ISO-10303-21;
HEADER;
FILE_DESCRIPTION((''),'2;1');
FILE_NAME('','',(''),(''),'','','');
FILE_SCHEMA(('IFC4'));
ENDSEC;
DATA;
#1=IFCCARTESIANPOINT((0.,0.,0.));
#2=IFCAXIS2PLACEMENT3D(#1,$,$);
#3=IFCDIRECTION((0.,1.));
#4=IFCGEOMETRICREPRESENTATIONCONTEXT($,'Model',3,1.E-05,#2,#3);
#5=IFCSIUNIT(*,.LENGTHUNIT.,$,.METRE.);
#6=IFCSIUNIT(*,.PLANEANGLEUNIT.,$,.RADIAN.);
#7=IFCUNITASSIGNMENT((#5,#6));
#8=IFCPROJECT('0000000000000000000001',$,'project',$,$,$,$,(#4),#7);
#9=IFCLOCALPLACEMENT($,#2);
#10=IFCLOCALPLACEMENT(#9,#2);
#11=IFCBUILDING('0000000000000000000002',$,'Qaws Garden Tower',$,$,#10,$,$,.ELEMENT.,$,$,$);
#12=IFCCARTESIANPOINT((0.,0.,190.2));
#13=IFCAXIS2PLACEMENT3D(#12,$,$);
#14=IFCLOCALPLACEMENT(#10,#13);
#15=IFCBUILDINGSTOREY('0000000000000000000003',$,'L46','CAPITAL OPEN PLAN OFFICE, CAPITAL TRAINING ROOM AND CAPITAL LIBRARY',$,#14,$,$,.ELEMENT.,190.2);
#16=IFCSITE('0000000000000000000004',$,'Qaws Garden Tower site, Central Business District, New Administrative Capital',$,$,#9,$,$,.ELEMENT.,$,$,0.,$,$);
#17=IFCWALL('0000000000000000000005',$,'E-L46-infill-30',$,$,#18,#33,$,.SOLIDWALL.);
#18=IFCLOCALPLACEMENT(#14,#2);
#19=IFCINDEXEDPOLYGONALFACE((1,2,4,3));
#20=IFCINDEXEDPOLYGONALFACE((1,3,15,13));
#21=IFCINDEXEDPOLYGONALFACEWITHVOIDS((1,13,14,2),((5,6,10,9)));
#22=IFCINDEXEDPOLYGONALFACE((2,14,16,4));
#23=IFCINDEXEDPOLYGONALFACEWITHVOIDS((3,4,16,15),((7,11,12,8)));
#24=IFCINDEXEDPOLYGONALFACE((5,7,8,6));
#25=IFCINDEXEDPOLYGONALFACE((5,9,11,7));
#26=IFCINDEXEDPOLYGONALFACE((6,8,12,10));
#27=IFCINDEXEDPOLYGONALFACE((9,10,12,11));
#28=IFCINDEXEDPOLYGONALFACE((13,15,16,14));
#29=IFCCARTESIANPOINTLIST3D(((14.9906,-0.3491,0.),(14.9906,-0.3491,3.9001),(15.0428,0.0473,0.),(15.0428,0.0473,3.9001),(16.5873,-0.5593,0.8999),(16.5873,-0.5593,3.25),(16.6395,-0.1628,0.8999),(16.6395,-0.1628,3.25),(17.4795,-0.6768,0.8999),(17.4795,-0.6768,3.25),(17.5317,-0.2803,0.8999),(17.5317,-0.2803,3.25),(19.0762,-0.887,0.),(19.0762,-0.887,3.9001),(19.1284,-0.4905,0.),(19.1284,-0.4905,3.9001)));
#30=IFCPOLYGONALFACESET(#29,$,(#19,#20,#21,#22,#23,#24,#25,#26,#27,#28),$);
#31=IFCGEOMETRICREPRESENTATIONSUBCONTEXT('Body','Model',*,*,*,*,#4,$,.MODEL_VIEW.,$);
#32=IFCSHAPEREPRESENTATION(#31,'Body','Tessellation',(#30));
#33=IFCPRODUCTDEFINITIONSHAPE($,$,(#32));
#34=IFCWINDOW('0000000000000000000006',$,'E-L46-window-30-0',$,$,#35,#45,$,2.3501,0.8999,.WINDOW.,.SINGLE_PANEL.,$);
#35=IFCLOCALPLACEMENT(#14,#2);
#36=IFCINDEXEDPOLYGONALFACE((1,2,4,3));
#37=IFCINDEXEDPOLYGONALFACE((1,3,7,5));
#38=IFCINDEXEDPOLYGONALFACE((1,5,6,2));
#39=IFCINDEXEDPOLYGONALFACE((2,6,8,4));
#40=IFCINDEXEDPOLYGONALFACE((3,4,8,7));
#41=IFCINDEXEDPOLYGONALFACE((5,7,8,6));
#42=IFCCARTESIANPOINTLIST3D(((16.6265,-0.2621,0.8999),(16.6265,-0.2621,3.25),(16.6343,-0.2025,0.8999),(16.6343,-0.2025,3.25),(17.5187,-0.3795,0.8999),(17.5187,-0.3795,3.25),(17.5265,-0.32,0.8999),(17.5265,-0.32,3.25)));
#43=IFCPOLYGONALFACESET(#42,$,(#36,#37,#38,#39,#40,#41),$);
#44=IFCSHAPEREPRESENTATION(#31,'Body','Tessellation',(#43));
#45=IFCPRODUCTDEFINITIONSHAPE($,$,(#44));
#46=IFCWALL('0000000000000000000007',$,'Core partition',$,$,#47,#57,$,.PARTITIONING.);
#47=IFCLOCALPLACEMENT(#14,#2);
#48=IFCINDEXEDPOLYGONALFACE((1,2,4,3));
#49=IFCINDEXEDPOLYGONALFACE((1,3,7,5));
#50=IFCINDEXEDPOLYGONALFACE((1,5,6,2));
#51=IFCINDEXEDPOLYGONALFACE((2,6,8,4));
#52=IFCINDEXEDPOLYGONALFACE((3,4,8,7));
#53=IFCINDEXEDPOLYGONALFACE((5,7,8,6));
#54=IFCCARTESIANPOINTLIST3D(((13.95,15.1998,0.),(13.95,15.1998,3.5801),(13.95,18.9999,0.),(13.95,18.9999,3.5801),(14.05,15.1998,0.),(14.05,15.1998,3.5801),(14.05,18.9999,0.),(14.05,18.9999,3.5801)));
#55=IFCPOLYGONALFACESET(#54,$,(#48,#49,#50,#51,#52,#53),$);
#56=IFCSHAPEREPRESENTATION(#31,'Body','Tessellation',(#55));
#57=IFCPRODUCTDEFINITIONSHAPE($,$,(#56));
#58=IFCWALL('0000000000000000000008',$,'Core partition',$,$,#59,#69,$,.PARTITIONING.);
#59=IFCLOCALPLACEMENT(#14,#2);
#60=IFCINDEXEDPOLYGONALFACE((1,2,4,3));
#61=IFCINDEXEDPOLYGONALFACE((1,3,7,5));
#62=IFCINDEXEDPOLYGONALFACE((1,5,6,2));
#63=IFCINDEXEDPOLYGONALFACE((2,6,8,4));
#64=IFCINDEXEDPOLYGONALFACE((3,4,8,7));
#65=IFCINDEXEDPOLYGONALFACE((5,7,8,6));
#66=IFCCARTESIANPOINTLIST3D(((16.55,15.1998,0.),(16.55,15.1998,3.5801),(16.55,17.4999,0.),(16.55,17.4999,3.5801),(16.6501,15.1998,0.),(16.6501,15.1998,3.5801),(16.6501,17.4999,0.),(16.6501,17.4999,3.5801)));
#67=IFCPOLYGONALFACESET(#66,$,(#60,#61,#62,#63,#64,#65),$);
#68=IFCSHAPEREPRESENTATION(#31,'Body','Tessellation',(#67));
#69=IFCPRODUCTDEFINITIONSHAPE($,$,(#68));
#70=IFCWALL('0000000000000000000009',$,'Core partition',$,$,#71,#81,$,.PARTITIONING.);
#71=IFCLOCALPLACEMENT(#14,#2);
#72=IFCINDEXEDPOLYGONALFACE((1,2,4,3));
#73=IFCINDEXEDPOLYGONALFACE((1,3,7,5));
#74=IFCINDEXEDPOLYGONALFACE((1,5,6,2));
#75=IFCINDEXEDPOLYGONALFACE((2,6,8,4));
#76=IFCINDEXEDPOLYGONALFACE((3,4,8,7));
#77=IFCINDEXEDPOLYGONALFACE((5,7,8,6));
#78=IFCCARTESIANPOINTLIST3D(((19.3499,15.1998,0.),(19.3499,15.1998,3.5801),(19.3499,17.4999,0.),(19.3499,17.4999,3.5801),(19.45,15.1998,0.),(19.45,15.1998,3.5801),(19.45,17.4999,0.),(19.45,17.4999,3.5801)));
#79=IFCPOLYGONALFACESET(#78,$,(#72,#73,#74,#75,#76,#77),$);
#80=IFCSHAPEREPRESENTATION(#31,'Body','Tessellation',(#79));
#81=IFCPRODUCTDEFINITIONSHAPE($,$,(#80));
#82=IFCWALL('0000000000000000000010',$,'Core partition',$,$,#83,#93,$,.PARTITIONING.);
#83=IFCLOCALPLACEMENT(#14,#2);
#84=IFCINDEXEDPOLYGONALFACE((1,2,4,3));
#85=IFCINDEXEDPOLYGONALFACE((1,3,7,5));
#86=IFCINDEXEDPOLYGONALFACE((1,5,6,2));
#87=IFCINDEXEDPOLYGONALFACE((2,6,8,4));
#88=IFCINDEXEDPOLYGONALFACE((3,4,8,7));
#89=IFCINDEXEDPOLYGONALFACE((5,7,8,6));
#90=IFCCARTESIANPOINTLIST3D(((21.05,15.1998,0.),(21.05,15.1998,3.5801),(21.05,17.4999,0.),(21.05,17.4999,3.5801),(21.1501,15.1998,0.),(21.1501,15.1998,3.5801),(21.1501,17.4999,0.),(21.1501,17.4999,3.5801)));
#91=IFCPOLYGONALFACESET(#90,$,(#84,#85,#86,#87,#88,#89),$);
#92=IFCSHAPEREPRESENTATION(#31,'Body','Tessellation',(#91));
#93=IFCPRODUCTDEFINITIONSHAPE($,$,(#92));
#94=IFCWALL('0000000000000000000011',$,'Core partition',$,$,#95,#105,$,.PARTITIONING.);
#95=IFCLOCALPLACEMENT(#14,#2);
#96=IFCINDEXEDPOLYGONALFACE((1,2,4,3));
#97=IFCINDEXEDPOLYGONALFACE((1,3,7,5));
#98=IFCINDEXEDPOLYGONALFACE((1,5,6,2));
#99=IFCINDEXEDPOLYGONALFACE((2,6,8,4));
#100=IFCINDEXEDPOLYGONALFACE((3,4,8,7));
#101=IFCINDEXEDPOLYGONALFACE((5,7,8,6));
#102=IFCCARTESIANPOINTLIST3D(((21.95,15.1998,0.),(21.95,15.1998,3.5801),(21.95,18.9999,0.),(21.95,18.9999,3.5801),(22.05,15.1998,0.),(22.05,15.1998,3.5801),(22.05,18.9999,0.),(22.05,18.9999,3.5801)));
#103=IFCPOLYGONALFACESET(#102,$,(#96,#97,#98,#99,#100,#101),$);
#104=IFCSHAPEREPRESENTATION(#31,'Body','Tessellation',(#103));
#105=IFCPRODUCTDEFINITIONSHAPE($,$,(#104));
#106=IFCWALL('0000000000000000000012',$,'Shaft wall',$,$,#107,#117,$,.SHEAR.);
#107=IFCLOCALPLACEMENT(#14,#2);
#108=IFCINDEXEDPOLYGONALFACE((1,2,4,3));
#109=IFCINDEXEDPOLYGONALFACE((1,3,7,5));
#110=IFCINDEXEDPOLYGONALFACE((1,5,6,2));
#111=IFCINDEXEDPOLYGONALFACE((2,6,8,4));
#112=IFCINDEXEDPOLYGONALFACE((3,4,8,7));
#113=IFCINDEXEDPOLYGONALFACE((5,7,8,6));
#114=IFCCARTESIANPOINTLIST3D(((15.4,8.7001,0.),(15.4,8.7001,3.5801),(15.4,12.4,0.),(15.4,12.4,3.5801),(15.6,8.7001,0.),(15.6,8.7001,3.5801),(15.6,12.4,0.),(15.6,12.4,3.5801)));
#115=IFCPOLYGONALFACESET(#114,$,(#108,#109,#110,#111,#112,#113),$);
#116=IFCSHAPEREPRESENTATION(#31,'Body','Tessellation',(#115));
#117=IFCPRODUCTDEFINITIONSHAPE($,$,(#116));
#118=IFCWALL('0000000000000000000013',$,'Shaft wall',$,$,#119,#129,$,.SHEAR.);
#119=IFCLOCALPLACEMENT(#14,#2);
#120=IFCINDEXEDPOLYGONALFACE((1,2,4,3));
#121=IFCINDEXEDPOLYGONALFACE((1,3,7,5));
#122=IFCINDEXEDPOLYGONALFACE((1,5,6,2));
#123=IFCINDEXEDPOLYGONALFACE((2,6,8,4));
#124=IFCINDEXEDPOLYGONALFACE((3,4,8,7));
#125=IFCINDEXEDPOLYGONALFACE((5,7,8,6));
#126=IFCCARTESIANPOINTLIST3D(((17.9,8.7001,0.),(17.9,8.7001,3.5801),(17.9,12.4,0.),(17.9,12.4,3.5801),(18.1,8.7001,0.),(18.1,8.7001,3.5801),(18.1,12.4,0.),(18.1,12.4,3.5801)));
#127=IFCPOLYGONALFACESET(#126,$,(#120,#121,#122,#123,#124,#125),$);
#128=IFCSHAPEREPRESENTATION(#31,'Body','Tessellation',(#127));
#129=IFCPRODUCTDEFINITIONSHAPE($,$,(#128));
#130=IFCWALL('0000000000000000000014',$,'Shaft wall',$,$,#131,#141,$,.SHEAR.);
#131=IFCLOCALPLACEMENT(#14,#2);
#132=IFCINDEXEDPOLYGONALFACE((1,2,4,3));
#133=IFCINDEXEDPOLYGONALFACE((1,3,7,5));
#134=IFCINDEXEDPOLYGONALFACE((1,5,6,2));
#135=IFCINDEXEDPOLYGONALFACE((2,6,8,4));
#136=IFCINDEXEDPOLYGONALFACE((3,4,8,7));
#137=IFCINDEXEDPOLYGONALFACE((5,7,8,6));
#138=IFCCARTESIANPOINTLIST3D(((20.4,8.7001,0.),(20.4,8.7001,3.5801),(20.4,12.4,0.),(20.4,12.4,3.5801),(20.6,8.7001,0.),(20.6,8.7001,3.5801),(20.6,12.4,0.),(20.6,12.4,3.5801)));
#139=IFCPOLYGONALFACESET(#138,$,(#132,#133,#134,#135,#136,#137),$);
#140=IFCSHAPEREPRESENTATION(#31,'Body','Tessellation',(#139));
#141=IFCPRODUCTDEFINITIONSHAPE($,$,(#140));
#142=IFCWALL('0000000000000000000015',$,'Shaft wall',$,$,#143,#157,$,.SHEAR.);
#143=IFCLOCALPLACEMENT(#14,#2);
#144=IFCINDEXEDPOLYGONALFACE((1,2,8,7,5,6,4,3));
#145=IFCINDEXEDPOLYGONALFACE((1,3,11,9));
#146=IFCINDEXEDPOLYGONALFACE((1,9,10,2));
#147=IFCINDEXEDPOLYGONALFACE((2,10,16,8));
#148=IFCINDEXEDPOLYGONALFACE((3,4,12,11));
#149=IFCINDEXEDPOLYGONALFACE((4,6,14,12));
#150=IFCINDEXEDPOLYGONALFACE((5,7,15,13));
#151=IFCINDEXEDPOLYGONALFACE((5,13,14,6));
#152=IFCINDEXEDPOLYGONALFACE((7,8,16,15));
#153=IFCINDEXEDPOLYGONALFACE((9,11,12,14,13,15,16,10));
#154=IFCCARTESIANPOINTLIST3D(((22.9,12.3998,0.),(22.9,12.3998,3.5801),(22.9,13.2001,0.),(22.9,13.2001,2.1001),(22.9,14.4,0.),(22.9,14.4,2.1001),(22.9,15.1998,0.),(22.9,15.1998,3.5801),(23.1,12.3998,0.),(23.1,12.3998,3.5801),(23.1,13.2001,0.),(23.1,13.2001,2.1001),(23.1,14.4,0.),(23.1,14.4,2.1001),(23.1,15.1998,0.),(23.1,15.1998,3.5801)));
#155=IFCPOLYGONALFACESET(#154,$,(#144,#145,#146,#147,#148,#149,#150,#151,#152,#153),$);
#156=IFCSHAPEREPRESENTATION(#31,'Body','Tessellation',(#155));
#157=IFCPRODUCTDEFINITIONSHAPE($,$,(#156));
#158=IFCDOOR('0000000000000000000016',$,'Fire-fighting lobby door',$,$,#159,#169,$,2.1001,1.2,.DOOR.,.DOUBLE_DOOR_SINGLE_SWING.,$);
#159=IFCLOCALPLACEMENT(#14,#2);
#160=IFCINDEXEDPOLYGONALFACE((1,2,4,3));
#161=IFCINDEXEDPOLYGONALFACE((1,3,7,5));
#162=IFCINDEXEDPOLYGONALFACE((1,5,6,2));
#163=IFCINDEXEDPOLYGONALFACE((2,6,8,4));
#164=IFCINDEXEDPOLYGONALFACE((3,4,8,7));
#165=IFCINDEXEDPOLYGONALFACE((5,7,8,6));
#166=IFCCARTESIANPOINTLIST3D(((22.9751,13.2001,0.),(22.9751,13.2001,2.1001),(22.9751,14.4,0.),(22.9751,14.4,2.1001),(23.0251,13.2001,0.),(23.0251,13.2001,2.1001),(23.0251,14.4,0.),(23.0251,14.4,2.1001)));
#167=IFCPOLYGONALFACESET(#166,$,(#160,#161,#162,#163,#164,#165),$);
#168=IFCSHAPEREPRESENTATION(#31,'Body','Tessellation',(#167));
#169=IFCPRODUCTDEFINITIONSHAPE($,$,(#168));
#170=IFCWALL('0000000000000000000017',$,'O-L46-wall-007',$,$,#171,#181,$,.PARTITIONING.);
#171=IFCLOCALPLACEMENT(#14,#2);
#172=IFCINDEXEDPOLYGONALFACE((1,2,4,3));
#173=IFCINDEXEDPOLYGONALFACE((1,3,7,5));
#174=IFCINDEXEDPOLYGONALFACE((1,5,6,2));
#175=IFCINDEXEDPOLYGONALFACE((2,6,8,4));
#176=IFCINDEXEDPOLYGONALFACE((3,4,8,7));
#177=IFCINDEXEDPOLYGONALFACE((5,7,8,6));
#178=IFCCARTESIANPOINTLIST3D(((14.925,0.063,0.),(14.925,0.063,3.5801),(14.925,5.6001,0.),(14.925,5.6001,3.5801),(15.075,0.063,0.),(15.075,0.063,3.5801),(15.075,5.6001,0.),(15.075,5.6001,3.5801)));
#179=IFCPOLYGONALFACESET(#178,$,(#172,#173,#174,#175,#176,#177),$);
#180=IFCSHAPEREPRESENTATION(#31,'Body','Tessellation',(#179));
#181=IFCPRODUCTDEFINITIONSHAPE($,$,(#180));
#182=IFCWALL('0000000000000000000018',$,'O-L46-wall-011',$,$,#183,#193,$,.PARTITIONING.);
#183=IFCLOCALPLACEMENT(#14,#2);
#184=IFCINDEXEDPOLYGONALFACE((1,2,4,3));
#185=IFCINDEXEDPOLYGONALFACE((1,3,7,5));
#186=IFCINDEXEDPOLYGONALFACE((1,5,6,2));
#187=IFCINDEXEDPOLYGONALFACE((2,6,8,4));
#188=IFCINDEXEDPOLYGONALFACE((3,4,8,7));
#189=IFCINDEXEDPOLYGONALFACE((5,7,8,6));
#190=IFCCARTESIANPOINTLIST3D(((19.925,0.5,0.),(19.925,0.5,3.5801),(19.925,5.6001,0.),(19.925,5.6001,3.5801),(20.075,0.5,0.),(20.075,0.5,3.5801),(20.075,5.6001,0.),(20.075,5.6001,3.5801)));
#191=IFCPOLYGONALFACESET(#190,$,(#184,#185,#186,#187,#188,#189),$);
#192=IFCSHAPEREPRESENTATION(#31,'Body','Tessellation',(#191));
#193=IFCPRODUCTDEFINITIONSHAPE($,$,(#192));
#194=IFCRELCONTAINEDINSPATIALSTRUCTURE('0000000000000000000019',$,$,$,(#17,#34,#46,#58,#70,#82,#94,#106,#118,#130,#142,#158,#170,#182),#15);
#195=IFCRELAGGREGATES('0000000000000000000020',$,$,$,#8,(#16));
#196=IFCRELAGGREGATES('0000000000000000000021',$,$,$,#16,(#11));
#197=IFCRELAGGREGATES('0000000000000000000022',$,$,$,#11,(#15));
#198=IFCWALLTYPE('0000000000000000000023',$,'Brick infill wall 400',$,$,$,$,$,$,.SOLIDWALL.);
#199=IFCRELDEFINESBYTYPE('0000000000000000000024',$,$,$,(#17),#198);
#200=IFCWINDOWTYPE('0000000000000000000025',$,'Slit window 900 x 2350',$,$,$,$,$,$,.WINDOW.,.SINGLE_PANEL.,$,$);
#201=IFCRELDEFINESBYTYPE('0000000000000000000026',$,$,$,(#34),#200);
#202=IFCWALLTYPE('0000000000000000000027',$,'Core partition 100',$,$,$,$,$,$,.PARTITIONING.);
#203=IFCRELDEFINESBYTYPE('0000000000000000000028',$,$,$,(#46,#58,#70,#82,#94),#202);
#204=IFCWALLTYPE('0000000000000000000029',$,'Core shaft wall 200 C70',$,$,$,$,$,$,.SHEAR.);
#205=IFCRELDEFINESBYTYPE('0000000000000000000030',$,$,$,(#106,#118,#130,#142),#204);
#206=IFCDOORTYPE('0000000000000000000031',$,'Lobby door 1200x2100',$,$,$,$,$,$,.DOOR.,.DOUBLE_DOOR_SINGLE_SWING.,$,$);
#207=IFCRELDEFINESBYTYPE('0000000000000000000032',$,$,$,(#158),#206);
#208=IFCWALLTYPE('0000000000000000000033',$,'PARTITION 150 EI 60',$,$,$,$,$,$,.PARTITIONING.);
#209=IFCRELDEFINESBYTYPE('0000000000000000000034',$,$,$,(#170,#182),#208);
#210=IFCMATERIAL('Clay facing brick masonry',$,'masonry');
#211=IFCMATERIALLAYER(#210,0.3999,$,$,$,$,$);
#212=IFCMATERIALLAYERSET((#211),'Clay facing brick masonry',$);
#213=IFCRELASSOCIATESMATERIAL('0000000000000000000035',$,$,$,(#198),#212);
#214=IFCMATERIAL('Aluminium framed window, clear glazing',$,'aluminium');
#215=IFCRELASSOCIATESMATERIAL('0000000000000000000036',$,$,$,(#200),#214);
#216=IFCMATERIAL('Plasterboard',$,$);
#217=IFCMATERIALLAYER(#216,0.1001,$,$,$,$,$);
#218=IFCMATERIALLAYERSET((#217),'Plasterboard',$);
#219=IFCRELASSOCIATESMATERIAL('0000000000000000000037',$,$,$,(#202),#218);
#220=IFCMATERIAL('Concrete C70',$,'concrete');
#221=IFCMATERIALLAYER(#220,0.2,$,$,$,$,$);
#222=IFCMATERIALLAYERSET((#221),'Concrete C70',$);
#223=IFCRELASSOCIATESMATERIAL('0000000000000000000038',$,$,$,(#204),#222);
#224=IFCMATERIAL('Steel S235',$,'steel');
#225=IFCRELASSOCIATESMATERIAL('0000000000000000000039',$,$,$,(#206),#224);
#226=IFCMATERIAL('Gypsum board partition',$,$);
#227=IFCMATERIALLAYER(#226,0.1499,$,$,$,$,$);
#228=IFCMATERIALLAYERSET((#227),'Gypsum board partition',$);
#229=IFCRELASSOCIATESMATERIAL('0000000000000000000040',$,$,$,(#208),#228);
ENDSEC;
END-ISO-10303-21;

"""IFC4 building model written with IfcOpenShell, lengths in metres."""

from ifc_helpers import new_model, si_unit, direction, frame, frame_2d, origin, place, context, subcontext, project, spatial, rectangle, extrude, material, layer, layer_set, type_object, element, fill, save


model = new_model("IFC4")

# Units and contexts
model_context = context("Model", 3, precision=1e-05, world=origin(), true_north=direction((0.0, 1.0)))
body_context = subcontext(model_context, "Body", "Model", "MODEL_VIEW")
ifc_project = project(units=[si_unit("LENGTHUNIT", "METRE"), si_unit("PLANEANGLEUNIT", "RADIAN")], contexts=[model_context])

# Site, building, storey
site_placement = place(None, origin())
site = spatial("IfcSite", under=ifc_project, at=site_placement, Name="Qaws Garden Tower site, Central Business District, New Administrative Capital", CompositionType="ELEMENT", RefElevation=0.0)
building_placement = place(site_placement, origin())
building = spatial("IfcBuilding", under=site, at=building_placement, Name="Qaws Garden Tower", CompositionType="ELEMENT")
storey_placement = place(building_placement, frame((0.0, 0.0, 190.2)))
storey = spatial("IfcBuildingStorey", under=building, at=storey_placement, Name="L46", Description="CAPITAL OPEN PLAN OFFICE, CAPITAL TRAINING ROOM AND CAPITAL LIBRARY", CompositionType="ELEMENT", Elevation=190.2)

# Shared definitions
ifc_material_1 = material(Name="Clay facing brick masonry", Category="masonry")
ifc_layer_1 = layer(ifc_material_1, 0.3999)
ifc_layer_set_1 = layer_set([ifc_layer_1], Name="Clay facing brick masonry")
wall_type_1 = type_object("IfcWallType", Name="Brick infill wall 400", PredefinedType="SOLIDWALL", material=ifc_layer_set_1)
ifc_material_2 = material(Name="Aluminium framed window, clear glazing", Category="aluminium")
window_type = type_object("IfcWindowType", Name="Slit window 900 x 2350", PartitioningType="SINGLE_PANEL", PredefinedType="WINDOW", material=ifc_material_2)

# Wall, opening, window
wall_1_placement = place(storey_placement, frame((15.0166, -0.1509, 0.0), z_axis=(0.0, 0.0, 1.0), x_axis=(0.991446, -0.130514, 0.0)))
wall_1 = element("IfcWall", 1, at=wall_1_placement, inside=storey, type_object=wall_type_1, Name="E-L46-infill-30", PredefinedType="SOLIDWALL", context=body_context, shape_type="SweptSolid", body=[
    extrude(rectangle(XDim=4.1208, YDim=0.3999, at=frame_2d((2.0605, 0.0))), origin(), (0.0, 0.0, 1.0), 3.9001),
])
opening_1_placement = place(wall_1_placement, frame((1.6106, 0.0, 0.8999)))
opening_1 = element("IfcOpeningElement", 2, at=opening_1_placement, cuts=wall_1, PredefinedType="OPENING", context=body_context, shape_type="SweptSolid", body=[
    extrude(rectangle(XDim=0.8999, YDim=2.3501, at=frame_2d((0.45, 1.175))), frame((0.0, 0.21, 0.0), z_axis=(0.0, -1.0, 0.0), x_axis=(1.0, 0.0, 0.0)), (0.0, 0.0, 1.0), 0.4199),
])
window_1_placement = place(opening_1_placement, origin())
window_1 = element("IfcWindow", 3, at=window_1_placement, inside=storey, type_object=window_type, Name="E-L46-window-30-0", OverallHeight=2.3501, OverallWidth=0.8999, PartitioningType="SINGLE_PANEL", PredefinedType="WINDOW", context=body_context, shape_type="SweptSolid", body=[
    extrude(rectangle(XDim=0.8999, YDim=2.3501, at=frame_2d((0.45, 1.175))), frame((0.0, 0.1599, 0.0), z_axis=(0.0, -1.0, 0.0), x_axis=(1.0, 0.0, 0.0)), (0.0, 0.0, 1.0), 0.0601),
])
fill(opening_1, window_1)

# Walls
ifc_material_3 = material(Name="Plasterboard")
ifc_layer_2 = layer(ifc_material_3, 0.1001)
ifc_layer_set_2 = layer_set([ifc_layer_2], Name="Plasterboard")
wall_type_2 = type_object("IfcWallType", Name="Core partition 100", PredefinedType="PARTITIONING", material=ifc_layer_set_2)
wall_2_placement = place(storey_placement, frame((14.0, 15.2, 0.0), z_axis=(0.0, 0.0, 1.0), x_axis=(0.0, 1.0, 0.0)))
element("IfcWall", 4, at=wall_2_placement, inside=storey, type_object=wall_type_2, Name="Core partition", PredefinedType="PARTITIONING", context=body_context, shape_type="SweptSolid", body=[
    extrude(rectangle(XDim=3.8, YDim=0.1001, at=frame_2d((1.8999, 0.0))), origin(), (0.0, 0.0, 1.0), 3.5801),
])
for number, where, z_axis, x_axis, name in (
    (5, (16.6001, 15.2, 0.0), (0.0, 0.0, 1.0), (0.0, 1.0, 0.0), "Core partition"),
    (6, (19.3999, 15.2, 0.0), (0.0, 0.0, 1.0), (0.0, 1.0, 0.0), "Core partition"),
    (7, (21.1001, 15.2, 0.0), (0.0, 0.0, 1.0), (0.0, 1.0, 0.0), "Core partition"),
):
    element("IfcWall", number, at=place(storey_placement, frame(where, z_axis=z_axis, x_axis=x_axis)), inside=storey, type_object=wall_type_2, Name=name, PredefinedType="PARTITIONING", context=body_context, shape_type="SweptSolid", body=[
        extrude(rectangle(XDim=2.3, YDim=0.1001, at=frame_2d((1.1499, 0.0))), origin(), (0.0, 0.0, 1.0), 3.5801),
    ])
wall_3_placement = place(storey_placement, frame((22.0, 15.2, 0.0), z_axis=(0.0, 0.0, 1.0), x_axis=(0.0, 1.0, 0.0)))
element("IfcWall", 8, at=wall_3_placement, inside=storey, type_object=wall_type_2, Name="Core partition", PredefinedType="PARTITIONING", context=body_context, shape_type="SweptSolid", body=[
    extrude(rectangle(XDim=3.8, YDim=0.1001, at=frame_2d((1.8999, 0.0))), origin(), (0.0, 0.0, 1.0), 3.5801),
])
ifc_material_4 = material(Name="Concrete C70", Category="concrete")
ifc_layer_3 = layer(ifc_material_4, 0.2)
ifc_layer_set_3 = layer_set([ifc_layer_3], Name="Concrete C70")
wall_type_3 = type_object("IfcWallType", Name="Core shaft wall 200 C70", PredefinedType="SHEAR", material=ifc_layer_set_3)
for number, where, z_axis, x_axis, name in (
    (9, (15.5, 8.7, 0.0), (0.0, 0.0, 1.0), (0.0, 1.0, 0.0), "Shaft wall"),
    (10, (18.0, 8.7, 0.0), (0.0, 0.0, 1.0), (0.0, 1.0, 0.0), "Shaft wall"),
    (11, (20.5, 8.7, 0.0), (0.0, 0.0, 1.0), (0.0, 1.0, 0.0), "Shaft wall"),
):
    element("IfcWall", number, at=place(storey_placement, frame(where, z_axis=z_axis, x_axis=x_axis)), inside=storey, type_object=wall_type_3, Name=name, PredefinedType="SHEAR", context=body_context, shape_type="SweptSolid", body=[
        extrude(rectangle(XDim=3.7, YDim=0.2, at=frame_2d((1.8501, 0.0))), origin(), (0.0, 0.0, 1.0), 3.5801),
    ])

# Wall, opening, door
wall_4_placement = place(storey_placement, frame((23.0, 12.3999, 0.0), z_axis=(0.0, 0.0, 1.0), x_axis=(0.0, 1.0, 0.0)))
wall_4 = element("IfcWall", 12, at=wall_4_placement, inside=storey, type_object=wall_type_3, Name="Shaft wall", PredefinedType="SHEAR", context=body_context, shape_type="SweptSolid", body=[
    extrude(rectangle(XDim=2.8, YDim=0.2, at=frame_2d((1.3999, 0.0))), origin(), (0.0, 0.0, 1.0), 3.5801),
])
opening_2_placement = place(wall_4_placement, frame((0.8, 0.0, 0.0)))
opening_2 = element("IfcOpeningElement", 13, at=opening_2_placement, cuts=wall_4, PredefinedType="OPENING", context=body_context, shape_type="SweptSolid", body=[
    extrude(rectangle(XDim=1.2, YDim=2.1001, at=frame_2d((0.6001, 1.05))), frame((0.0, 0.1099, 0.0), z_axis=(0.0, -1.0, 0.0), x_axis=(1.0, 0.0, 0.0)), (0.0, 0.0, 1.0), 0.22),
])
ifc_material_5 = material(Name="Steel S235", Category="steel")
door_type = type_object("IfcDoorType", Name="Lobby door 1200x2100", OperationType="DOUBLE_DOOR_SINGLE_SWING", PredefinedType="DOOR", material=ifc_material_5)
door_placement = place(opening_2_placement, origin())
door = element("IfcDoor", 14, at=door_placement, inside=storey, type_object=door_type, Name="Fire-fighting lobby door", OperationType="DOUBLE_DOOR_SINGLE_SWING", OverallHeight=2.1001, OverallWidth=1.2, PredefinedType="DOOR", context=body_context, shape_type="SweptSolid", body=[
    extrude(rectangle(XDim=1.2, YDim=2.1001, at=frame_2d((0.6001, 1.05))), frame((0.0, 0.0249, 0.0), z_axis=(0.0, -1.0, 0.0), x_axis=(1.0, 0.0, 0.0)), (0.0, 0.0, 1.0), 0.05),
])
fill(opening_2, door)

# Walls
ifc_material_6 = material(Name="Gypsum board partition")
ifc_layer_4 = layer(ifc_material_6, 0.1499)
ifc_layer_set_4 = layer_set([ifc_layer_4], Name="Gypsum board partition")
wall_type_4 = type_object("IfcWallType", Name="PARTITION 150 EI 60", PredefinedType="PARTITIONING", material=ifc_layer_set_4)
wall_5_placement = place(storey_placement, frame((15.0, 0.063, 0.0), z_axis=(0.0, 0.0, 1.0), x_axis=(0.0, 1.0, 0.0)))
element("IfcWall", 15, at=wall_5_placement, inside=storey, type_object=wall_type_4, Name="O-L46-wall-007", PredefinedType="PARTITIONING", context=body_context, shape_type="SweptSolid", body=[
    extrude(rectangle(XDim=5.5371, YDim=0.1499, at=frame_2d((2.7686, 0.0))), origin(), (0.0, 0.0, 1.0), 3.5801),
])
wall_6_placement = place(storey_placement, frame((20.0, 0.5, 0.0), z_axis=(0.0, 0.0, 1.0), x_axis=(0.0, 1.0, 0.0)))
element("IfcWall", 16, at=wall_6_placement, inside=storey, type_object=wall_type_4, Name="O-L46-wall-011", PredefinedType="PARTITIONING", context=body_context, shape_type="SweptSolid", body=[
    extrude(rectangle(XDim=5.1001, YDim=0.1499, at=frame_2d((2.55, 0.0))), origin(), (0.0, 0.0, 1.0), 3.5801),
])

save(model, "model.ifc")
